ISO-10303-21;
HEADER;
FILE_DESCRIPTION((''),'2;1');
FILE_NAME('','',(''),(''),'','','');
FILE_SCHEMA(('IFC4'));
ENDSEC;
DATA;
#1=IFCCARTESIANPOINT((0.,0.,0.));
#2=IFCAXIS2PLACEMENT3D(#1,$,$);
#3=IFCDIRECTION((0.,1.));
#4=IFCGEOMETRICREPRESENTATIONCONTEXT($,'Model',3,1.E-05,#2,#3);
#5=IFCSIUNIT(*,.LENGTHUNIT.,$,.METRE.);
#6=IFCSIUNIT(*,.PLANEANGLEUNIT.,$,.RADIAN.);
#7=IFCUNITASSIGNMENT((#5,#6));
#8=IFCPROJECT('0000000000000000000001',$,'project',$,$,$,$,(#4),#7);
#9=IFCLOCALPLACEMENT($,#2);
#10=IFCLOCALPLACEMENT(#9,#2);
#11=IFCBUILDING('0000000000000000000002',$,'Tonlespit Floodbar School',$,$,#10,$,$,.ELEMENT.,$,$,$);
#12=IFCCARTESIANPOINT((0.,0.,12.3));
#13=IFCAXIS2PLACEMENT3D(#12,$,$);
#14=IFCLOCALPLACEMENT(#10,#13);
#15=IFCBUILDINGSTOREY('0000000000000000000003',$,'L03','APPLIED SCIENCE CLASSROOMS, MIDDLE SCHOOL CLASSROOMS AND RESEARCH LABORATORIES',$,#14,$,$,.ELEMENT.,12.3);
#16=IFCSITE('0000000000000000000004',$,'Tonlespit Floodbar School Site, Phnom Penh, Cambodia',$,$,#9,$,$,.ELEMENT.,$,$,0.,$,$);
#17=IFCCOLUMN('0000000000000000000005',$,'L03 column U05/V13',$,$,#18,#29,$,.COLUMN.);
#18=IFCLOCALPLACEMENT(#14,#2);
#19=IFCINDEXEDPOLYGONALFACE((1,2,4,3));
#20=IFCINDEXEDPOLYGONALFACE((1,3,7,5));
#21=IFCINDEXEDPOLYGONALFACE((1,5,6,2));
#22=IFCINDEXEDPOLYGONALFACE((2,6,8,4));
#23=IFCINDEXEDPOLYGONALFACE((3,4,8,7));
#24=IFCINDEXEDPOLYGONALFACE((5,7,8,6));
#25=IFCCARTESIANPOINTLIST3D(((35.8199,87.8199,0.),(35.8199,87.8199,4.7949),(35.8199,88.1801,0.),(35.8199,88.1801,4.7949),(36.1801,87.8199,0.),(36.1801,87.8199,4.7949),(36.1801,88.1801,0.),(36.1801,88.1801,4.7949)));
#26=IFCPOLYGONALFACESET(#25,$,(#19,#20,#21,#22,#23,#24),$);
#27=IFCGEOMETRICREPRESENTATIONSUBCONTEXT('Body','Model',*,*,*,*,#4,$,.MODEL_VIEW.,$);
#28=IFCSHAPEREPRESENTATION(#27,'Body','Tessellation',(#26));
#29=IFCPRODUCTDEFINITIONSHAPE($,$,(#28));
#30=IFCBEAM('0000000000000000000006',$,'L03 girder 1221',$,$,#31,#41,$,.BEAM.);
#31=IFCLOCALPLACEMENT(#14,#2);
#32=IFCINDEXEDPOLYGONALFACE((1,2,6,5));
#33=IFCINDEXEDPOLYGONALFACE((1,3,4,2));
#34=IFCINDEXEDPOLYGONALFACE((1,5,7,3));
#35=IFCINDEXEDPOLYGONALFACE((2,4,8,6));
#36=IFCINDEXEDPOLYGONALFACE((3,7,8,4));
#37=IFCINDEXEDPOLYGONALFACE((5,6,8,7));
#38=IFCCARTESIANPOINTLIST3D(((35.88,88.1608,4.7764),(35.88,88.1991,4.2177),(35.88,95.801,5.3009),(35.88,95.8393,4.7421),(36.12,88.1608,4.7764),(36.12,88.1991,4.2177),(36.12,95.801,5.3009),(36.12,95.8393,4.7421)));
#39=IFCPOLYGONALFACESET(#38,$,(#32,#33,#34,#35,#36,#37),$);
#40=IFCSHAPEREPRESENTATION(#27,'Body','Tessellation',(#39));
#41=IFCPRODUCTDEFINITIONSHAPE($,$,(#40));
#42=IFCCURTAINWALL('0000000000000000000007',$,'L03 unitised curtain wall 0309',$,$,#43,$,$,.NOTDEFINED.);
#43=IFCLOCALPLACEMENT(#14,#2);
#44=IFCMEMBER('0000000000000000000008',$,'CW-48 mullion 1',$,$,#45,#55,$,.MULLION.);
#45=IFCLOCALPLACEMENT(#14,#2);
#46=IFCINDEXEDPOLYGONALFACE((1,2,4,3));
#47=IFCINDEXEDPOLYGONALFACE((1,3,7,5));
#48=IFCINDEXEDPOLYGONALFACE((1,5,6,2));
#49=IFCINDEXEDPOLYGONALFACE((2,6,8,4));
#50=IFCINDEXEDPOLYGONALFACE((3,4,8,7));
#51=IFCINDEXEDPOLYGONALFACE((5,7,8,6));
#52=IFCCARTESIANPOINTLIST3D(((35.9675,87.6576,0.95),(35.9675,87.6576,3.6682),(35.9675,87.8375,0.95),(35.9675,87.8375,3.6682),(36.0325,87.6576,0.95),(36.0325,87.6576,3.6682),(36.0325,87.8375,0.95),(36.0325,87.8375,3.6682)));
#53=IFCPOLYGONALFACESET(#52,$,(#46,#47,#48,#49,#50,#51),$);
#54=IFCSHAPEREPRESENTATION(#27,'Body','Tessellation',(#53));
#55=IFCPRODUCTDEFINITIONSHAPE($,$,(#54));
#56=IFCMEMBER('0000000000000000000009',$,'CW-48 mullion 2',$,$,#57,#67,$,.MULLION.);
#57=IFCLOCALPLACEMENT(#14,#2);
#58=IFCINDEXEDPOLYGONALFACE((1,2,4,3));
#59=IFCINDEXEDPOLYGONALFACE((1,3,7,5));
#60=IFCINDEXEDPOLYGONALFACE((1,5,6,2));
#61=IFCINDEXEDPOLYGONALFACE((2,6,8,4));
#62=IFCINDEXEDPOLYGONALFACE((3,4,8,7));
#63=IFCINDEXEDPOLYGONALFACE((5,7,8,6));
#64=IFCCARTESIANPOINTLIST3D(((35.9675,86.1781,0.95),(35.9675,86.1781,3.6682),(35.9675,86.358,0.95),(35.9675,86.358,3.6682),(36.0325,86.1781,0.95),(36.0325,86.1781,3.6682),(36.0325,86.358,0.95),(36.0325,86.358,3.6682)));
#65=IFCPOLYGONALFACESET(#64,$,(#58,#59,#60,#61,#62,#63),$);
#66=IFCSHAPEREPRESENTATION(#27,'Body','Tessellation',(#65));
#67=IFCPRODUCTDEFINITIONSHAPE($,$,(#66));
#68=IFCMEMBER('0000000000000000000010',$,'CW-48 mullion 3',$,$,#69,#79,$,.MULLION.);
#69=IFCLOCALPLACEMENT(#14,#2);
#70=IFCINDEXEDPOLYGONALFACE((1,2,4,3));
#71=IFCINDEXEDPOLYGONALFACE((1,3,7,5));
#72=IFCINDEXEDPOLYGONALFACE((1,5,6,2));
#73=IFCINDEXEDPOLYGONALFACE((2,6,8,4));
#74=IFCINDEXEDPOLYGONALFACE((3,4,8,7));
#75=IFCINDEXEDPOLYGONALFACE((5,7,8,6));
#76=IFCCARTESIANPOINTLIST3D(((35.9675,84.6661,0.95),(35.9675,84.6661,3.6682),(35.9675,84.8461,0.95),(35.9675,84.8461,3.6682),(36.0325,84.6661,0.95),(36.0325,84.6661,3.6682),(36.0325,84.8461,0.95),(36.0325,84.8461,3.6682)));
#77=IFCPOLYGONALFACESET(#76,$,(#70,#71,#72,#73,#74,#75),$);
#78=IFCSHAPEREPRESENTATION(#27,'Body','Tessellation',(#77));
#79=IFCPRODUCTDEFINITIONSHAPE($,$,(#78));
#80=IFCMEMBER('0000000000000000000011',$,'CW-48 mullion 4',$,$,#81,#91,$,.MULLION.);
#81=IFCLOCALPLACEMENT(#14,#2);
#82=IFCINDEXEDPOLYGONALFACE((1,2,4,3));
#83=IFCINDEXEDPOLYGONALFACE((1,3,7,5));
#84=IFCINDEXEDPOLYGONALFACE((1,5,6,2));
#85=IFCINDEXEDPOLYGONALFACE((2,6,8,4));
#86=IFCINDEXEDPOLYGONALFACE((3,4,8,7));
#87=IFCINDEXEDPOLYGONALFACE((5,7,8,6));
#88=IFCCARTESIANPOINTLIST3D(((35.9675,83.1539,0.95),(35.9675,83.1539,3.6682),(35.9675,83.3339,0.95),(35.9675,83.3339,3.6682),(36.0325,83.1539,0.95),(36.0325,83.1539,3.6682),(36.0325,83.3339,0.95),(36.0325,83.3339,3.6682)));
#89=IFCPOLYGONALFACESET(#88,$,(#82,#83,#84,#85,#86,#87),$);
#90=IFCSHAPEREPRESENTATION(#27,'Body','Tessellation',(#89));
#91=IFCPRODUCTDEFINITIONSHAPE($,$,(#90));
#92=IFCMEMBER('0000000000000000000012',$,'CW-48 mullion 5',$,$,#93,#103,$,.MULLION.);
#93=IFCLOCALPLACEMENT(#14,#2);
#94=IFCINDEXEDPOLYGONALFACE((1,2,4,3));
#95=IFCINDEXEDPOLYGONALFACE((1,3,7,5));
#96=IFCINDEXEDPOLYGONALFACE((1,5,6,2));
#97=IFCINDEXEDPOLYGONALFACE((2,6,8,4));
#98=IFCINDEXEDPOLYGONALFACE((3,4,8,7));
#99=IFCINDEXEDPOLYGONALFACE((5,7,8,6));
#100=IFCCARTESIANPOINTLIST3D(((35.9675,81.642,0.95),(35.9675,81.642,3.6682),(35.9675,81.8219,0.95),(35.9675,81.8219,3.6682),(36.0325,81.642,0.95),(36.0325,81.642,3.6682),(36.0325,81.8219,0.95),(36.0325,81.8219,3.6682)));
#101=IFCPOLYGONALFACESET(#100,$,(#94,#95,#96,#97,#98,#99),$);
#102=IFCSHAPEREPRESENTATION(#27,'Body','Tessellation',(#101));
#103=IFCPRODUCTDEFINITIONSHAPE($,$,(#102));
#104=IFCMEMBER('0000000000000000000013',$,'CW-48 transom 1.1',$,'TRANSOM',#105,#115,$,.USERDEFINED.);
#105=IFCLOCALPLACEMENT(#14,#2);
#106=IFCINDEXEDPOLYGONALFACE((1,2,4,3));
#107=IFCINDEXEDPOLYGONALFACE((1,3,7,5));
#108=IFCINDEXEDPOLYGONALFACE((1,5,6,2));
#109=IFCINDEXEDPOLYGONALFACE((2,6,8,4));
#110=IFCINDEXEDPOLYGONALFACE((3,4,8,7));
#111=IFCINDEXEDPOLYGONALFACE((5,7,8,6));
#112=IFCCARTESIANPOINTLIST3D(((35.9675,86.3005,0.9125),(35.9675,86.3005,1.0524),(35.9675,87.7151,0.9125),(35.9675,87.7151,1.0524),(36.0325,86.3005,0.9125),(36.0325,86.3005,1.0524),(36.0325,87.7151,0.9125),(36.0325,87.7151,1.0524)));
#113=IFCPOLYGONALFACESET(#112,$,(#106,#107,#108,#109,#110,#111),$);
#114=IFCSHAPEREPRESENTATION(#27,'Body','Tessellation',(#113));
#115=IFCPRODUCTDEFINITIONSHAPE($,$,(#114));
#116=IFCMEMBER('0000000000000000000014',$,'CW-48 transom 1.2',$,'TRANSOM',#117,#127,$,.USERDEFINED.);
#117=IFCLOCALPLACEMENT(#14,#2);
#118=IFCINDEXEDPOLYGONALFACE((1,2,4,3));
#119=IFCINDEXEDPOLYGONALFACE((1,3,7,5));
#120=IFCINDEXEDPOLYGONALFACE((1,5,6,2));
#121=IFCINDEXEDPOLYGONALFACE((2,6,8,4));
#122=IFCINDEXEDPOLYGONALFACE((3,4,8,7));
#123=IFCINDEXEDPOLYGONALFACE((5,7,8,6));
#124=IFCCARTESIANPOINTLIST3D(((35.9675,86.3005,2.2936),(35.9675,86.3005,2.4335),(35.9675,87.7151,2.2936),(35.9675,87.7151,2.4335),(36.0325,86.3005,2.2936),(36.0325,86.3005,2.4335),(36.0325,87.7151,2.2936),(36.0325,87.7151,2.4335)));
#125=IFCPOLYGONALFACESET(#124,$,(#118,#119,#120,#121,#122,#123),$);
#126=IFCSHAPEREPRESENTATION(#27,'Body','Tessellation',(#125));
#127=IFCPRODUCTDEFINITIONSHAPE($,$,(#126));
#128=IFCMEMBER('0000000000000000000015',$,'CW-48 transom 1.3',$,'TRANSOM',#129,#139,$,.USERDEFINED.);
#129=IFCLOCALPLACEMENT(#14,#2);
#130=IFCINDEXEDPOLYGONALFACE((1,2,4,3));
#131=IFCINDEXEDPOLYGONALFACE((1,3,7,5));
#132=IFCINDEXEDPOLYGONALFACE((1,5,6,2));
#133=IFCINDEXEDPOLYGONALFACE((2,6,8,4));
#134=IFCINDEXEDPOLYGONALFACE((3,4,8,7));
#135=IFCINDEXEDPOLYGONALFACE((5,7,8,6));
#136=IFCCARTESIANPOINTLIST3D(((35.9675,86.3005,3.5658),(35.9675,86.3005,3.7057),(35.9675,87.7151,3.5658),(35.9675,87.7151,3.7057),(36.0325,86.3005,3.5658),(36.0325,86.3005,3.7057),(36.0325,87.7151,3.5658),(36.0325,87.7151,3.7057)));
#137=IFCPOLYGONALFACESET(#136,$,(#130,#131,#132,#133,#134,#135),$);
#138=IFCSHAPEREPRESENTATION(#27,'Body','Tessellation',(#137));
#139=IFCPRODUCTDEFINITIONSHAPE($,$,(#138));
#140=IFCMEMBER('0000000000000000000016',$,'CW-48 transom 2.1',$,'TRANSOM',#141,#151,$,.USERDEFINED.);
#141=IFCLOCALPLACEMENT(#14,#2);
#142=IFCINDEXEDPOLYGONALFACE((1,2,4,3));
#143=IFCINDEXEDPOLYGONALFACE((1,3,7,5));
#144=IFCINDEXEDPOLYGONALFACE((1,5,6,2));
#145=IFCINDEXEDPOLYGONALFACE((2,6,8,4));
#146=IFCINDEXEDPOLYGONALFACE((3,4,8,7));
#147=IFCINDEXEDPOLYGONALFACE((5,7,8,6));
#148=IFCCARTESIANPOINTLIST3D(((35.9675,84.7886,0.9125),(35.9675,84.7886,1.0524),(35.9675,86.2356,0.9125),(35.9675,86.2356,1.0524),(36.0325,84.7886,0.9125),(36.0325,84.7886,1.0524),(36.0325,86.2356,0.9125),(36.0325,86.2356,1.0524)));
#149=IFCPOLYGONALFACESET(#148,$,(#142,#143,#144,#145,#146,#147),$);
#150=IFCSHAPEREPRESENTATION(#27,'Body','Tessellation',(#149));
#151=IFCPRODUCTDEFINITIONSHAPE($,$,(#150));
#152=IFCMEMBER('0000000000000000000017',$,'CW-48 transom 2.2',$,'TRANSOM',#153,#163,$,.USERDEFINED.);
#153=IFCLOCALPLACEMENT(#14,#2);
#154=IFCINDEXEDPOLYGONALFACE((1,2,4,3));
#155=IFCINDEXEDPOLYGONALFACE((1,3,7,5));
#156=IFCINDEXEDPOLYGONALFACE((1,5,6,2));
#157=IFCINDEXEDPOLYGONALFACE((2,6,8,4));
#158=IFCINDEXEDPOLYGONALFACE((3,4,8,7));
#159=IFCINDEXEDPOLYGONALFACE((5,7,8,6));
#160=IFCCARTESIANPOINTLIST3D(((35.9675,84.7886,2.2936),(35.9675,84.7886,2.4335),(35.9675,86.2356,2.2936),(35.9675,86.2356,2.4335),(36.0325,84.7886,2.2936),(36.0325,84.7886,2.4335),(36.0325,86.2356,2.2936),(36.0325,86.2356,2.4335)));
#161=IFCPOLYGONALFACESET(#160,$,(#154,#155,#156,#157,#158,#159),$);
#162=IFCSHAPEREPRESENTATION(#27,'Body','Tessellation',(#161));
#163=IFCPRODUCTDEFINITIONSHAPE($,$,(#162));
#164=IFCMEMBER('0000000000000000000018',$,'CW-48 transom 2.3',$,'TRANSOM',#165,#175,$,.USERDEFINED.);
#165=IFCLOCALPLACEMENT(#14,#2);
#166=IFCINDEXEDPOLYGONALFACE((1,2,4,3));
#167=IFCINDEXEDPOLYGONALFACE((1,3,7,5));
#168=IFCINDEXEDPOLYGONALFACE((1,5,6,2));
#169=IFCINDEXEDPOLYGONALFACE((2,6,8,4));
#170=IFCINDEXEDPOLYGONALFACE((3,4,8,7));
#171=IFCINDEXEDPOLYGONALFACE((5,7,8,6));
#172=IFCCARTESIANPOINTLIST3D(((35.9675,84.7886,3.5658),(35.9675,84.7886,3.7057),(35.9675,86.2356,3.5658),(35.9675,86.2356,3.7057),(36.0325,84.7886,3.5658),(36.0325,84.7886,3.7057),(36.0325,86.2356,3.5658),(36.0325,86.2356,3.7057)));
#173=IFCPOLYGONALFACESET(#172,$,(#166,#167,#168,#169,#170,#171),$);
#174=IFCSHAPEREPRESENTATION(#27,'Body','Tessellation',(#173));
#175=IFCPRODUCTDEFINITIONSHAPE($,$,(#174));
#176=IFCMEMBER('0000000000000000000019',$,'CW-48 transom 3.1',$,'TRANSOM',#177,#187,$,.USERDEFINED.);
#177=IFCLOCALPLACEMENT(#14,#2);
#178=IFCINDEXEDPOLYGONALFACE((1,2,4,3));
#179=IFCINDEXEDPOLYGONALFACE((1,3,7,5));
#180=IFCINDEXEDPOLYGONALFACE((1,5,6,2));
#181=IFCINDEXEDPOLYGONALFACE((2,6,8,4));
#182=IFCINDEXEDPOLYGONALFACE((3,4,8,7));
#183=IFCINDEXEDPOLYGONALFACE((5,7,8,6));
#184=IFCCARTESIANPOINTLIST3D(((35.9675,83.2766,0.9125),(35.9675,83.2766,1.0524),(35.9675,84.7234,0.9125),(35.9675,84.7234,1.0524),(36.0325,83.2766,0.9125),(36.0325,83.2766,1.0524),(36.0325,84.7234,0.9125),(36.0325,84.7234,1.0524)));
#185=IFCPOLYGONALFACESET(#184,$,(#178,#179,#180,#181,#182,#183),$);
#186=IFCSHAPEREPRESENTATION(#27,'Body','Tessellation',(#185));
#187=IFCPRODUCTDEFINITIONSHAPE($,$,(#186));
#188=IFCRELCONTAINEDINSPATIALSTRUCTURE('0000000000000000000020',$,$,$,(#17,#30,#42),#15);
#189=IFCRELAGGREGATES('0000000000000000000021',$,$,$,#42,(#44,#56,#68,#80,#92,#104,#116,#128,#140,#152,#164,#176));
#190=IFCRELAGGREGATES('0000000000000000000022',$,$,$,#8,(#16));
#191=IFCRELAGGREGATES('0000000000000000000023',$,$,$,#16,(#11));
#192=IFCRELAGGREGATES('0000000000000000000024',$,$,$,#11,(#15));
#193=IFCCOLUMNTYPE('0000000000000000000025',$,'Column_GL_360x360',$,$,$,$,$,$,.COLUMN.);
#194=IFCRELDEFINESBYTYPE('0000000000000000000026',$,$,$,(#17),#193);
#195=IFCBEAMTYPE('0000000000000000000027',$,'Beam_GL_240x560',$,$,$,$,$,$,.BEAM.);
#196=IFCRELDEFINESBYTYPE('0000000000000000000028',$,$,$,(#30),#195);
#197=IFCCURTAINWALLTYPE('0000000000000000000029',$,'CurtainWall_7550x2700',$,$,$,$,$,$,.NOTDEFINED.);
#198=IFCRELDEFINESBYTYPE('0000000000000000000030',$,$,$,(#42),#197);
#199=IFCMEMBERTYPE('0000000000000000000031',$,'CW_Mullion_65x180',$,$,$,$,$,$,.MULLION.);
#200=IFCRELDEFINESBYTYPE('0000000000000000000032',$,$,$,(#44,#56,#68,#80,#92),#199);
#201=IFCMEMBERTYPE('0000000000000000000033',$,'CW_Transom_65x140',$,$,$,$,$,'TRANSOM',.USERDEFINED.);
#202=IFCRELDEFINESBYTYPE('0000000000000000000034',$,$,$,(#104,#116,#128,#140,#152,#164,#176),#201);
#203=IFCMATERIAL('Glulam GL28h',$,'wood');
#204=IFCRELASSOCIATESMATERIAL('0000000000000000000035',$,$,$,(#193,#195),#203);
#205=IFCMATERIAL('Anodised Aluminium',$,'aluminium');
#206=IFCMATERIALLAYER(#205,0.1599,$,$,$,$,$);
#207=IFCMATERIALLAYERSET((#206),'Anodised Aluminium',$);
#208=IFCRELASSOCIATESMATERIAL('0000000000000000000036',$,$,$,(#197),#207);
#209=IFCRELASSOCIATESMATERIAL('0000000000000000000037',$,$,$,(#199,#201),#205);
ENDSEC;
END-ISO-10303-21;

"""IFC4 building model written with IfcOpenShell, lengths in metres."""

from ifc_helpers import new_model, si_unit, direction, frame, origin, origin_2d, place, context, subcontext, project, spatial, rectangle, extrude, material, layer, layer_set, material_profile, profile_set, type_object, element, aggregate, save


model = new_model("IFC4")

# Units and contexts
model_context = context("Model", 3, precision=1e-05, world=origin(), true_north=direction((0.0, 1.0)))
body_context = subcontext(model_context, "Body", "Model", "MODEL_VIEW")
ifc_project = project(units=[si_unit("LENGTHUNIT", "METRE"), si_unit("PLANEANGLEUNIT", "RADIAN")], contexts=[model_context])

# Site, building, storey
site_placement = place(None, origin())
site = spatial("IfcSite", under=ifc_project, at=site_placement, Name="Tonlespit Floodbar School Site, Phnom Penh, Cambodia", CompositionType="ELEMENT", RefElevation=0.0)
building_placement = place(site_placement, origin())
building = spatial("IfcBuilding", under=site, at=building_placement, Name="Tonlespit Floodbar School", CompositionType="ELEMENT")
storey_placement = place(building_placement, frame((0.0, 0.0, 12.3)))
storey = spatial("IfcBuildingStorey", under=building, at=storey_placement, Name="L03", Description="APPLIED SCIENCE CLASSROOMS, MIDDLE SCHOOL CLASSROOMS AND RESEARCH LABORATORIES", CompositionType="ELEMENT", Elevation=12.3)

# Column
ifc_material_1 = material(Name="Glulam GL28h", Category="wood")
ifc_material_profile_1 = material_profile(ifc_material_1, rectangle(XDim=0.3601, YDim=0.3601, at=origin_2d()), Name="GL 360x360")
ifc_profile_set_1 = profile_set([ifc_material_profile_1], Name="Glulam GL28h")
column_type = type_object("IfcColumnType", Name="Column_GL_360x360", PredefinedType="COLUMN", material=ifc_profile_set_1)
column_placement = place(storey_placement, frame((36.0, 88.0, 0.0), z_axis=(0.0, 0.0, 1.0), x_axis=(1.0, 0.0, 0.0)))
element("IfcColumn", 1, at=column_placement, inside=storey, type_object=column_type, Name="L03 column U05/V13", PredefinedType="COLUMN", context=body_context, shape_type="SweptSolid", body=[
    extrude(rectangle(XDim=0.3601, YDim=0.3601, at=origin_2d()), origin(), (0.0, 0.0, 1.0), 4.7949),
])

# Beam
ifc_material_profile_2 = material_profile(ifc_material_1, rectangle(XDim=0.24, YDim=0.5601, at=origin_2d()), Name="GL 240x560")
ifc_profile_set_2 = profile_set([ifc_material_profile_2], Name="Glulam GL28h")
beam_type = type_object("IfcBeamType", Name="Beam_GL_240x560", PredefinedType="BEAM", material=ifc_profile_set_2)
beam_placement = place(storey_placement, frame((36.0, 88.1799, 4.4971), z_axis=(0.0, 0.997653, 0.068478), x_axis=(-1.0, 0.0, 0.0)))
element("IfcBeam", 2, at=beam_placement, inside=storey, type_object=beam_type, Name="L03 girder 1221", PredefinedType="BEAM", context=body_context, shape_type="SweptSolid", body=[
    extrude(rectangle(XDim=0.24, YDim=0.5601, at=origin_2d()), origin(), (0.0, 0.0, 1.0), 7.6582),
])

# Curtain wall, members
ifc_material_2 = material(Name="Anodised Aluminium", Category="aluminium")
ifc_layer_1 = layer(ifc_material_2, 0.1599)
ifc_layer_set_1 = layer_set([ifc_layer_1], Name="Anodised Aluminium")
curtain_wall_type = type_object("IfcCurtainWallType", Name="CurtainWall_7550x2700", PredefinedType="NOTDEFINED", material=ifc_layer_set_1)
curtain_wall_placement = place(storey_placement, origin())
curtain_wall = element("IfcCurtainWall", 3, at=curtain_wall_placement, inside=storey, type_object=curtain_wall_type, Name="L03 unitised curtain wall 0309", PredefinedType="NOTDEFINED")
ifc_material_profile_3 = material_profile(ifc_material_2, rectangle(XDim=0.0649, YDim=0.1799, at=origin_2d()), Name="ALU M65x180")
ifc_profile_set_3 = profile_set([ifc_material_profile_3], Name="Anodised Aluminium")
member_type_1 = type_object("IfcMemberType", Name="CW_Mullion_65x180", PredefinedType="MULLION", material=ifc_profile_set_3)
member_1_placement = place(storey_placement, frame((36.0, 87.7476, 0.95), z_axis=(0.0, 0.0, 1.0), x_axis=(1.0, 0.0, 0.0)))
member_1 = element("IfcMember", 4, at=member_1_placement, type_object=member_type_1, Name="CW-48 mullion 1", PredefinedType="MULLION", context=body_context, shape_type="SweptSolid", body=[
    extrude(rectangle(XDim=0.0649, YDim=0.1799, at=origin_2d()), origin(), (0.0, 0.0, 1.0), 2.7183),
])
member_2_placement = place(storey_placement, frame((36.0, 86.2681, 0.95), z_axis=(0.0, 0.0, 1.0), x_axis=(1.0, 0.0, 0.0)))
member_2 = element("IfcMember", 5, at=member_2_placement, type_object=member_type_1, Name="CW-48 mullion 2", PredefinedType="MULLION", context=body_context, shape_type="SweptSolid", body=[
    extrude(rectangle(XDim=0.0649, YDim=0.1799, at=origin_2d()), origin(), (0.0, 0.0, 1.0), 2.7183),
])
member_3_placement = place(storey_placement, frame((36.0, 84.7561, 0.95), z_axis=(0.0, 0.0, 1.0), x_axis=(1.0, 0.0, 0.0)))
member_3 = element("IfcMember", 6, at=member_3_placement, type_object=member_type_1, Name="CW-48 mullion 3", PredefinedType="MULLION", context=body_context, shape_type="SweptSolid", body=[
    extrude(rectangle(XDim=0.0649, YDim=0.1799, at=origin_2d()), origin(), (0.0, 0.0, 1.0), 2.7183),
])
member_4_placement = place(storey_placement, frame((36.0, 83.2439, 0.95), z_axis=(0.0, 0.0, 1.0), x_axis=(1.0, 0.0, 0.0)))
member_4 = element("IfcMember", 7, at=member_4_placement, type_object=member_type_1, Name="CW-48 mullion 4", PredefinedType="MULLION", context=body_context, shape_type="SweptSolid", body=[
    extrude(rectangle(XDim=0.0649, YDim=0.1799, at=origin_2d()), origin(), (0.0, 0.0, 1.0), 2.7183),
])
member_5_placement = place(storey_placement, frame((36.0, 81.7319, 0.95), z_axis=(0.0, 0.0, 1.0), x_axis=(1.0, 0.0, 0.0)))
member_5 = element("IfcMember", 8, at=member_5_placement, type_object=member_type_1, Name="CW-48 mullion 5", PredefinedType="MULLION", context=body_context, shape_type="SweptSolid", body=[
    extrude(rectangle(XDim=0.0649, YDim=0.1799, at=origin_2d()), origin(), (0.0, 0.0, 1.0), 2.7183),
])
ifc_material_profile_4 = material_profile(ifc_material_2, rectangle(XDim=0.0649, YDim=0.1399, at=origin_2d()), Name="ALU T65x140")
ifc_profile_set_4 = profile_set([ifc_material_profile_4], Name="Anodised Aluminium")
member_type_2 = type_object("IfcMemberType", Name="CW_Transom_65x140", ElementType="TRANSOM", PredefinedType="USERDEFINED", material=ifc_profile_set_4)
member_6_placement = place(storey_placement, frame((36.0, 87.7151, 0.9824), z_axis=(0.0, -1.0, 0.0), x_axis=(1.0, 0.0, 0.0)))
member_6 = element("IfcMember", 9, at=member_6_placement, type_object=member_type_2, Name="CW-48 transom 1.1", ObjectType="TRANSOM", PredefinedType="USERDEFINED", context=body_context, shape_type="SweptSolid", body=[
    extrude(rectangle(XDim=0.0649, YDim=0.1399, at=origin_2d()), origin(), (0.0, 0.0, 1.0), 1.4146),
])
member_7_placement = place(storey_placement, frame((36.0, 87.7151, 2.3635), z_axis=(0.0, -1.0, 0.0), x_axis=(1.0, 0.0, 0.0)))
member_7 = element("IfcMember", 10, at=member_7_placement, type_object=member_type_2, Name="CW-48 transom 1.2", ObjectType="TRANSOM", PredefinedType="USERDEFINED", context=body_context, shape_type="SweptSolid", body=[
    extrude(rectangle(XDim=0.0649, YDim=0.1399, at=origin_2d()), origin(), (0.0, 0.0, 1.0), 1.4146),
])
member_8_placement = place(storey_placement, frame((36.0, 87.7151, 3.6357), z_axis=(0.0, -1.0, 0.0), x_axis=(1.0, 0.0, 0.0)))
member_8 = element("IfcMember", 11, at=member_8_placement, type_object=member_type_2, Name="CW-48 transom 1.3", ObjectType="TRANSOM", PredefinedType="USERDEFINED", context=body_context, shape_type="SweptSolid", body=[
    extrude(rectangle(XDim=0.0649, YDim=0.1399, at=origin_2d()), origin(), (0.0, 0.0, 1.0), 1.4146),
])
member_9_placement = place(storey_placement, frame((36.0, 86.2356, 0.9824), z_axis=(0.0, -1.0, 0.0), x_axis=(1.0, 0.0, 0.0)))
member_9 = element("IfcMember", 12, at=member_9_placement, type_object=member_type_2, Name="CW-48 transom 2.1", ObjectType="TRANSOM", PredefinedType="USERDEFINED", context=body_context, shape_type="SweptSolid", body=[
    extrude(rectangle(XDim=0.0649, YDim=0.1399, at=origin_2d()), origin(), (0.0, 0.0, 1.0), 1.447),
])
member_10_placement = place(storey_placement, frame((36.0, 86.2356, 2.3635), z_axis=(0.0, -1.0, 0.0), x_axis=(1.0, 0.0, 0.0)))
member_10 = element("IfcMember", 13, at=member_10_placement, type_object=member_type_2, Name="CW-48 transom 2.2", ObjectType="TRANSOM", PredefinedType="USERDEFINED", context=body_context, shape_type="SweptSolid", body=[
    extrude(rectangle(XDim=0.0649, YDim=0.1399, at=origin_2d()), origin(), (0.0, 0.0, 1.0), 1.447),
])
member_11_placement = place(storey_placement, frame((36.0, 86.2356, 3.6357), z_axis=(0.0, -1.0, 0.0), x_axis=(1.0, 0.0, 0.0)))
member_11 = element("IfcMember", 14, at=member_11_placement, type_object=member_type_2, Name="CW-48 transom 2.3", ObjectType="TRANSOM", PredefinedType="USERDEFINED", context=body_context, shape_type="SweptSolid", body=[
    extrude(rectangle(XDim=0.0649, YDim=0.1399, at=origin_2d()), origin(), (0.0, 0.0, 1.0), 1.447),
])
member_12_placement = place(storey_placement, frame((36.0, 84.7234, 0.9824), z_axis=(0.0, -1.0, 0.0), x_axis=(1.0, 0.0, 0.0)))
member_12 = element("IfcMember", 15, at=member_12_placement, type_object=member_type_2, Name="CW-48 transom 3.1", ObjectType="TRANSOM", PredefinedType="USERDEFINED", context=body_context, shape_type="SweptSolid", body=[
    extrude(rectangle(XDim=0.0649, YDim=0.1399, at=origin_2d()), origin(), (0.0, 0.0, 1.0), 1.4468),
])
aggregate(curtain_wall, [member_1, member_2, member_3, member_4, member_5, member_6, member_7, member_8, member_9, member_10, member_11, member_12])

save(model, "model.ifc")
